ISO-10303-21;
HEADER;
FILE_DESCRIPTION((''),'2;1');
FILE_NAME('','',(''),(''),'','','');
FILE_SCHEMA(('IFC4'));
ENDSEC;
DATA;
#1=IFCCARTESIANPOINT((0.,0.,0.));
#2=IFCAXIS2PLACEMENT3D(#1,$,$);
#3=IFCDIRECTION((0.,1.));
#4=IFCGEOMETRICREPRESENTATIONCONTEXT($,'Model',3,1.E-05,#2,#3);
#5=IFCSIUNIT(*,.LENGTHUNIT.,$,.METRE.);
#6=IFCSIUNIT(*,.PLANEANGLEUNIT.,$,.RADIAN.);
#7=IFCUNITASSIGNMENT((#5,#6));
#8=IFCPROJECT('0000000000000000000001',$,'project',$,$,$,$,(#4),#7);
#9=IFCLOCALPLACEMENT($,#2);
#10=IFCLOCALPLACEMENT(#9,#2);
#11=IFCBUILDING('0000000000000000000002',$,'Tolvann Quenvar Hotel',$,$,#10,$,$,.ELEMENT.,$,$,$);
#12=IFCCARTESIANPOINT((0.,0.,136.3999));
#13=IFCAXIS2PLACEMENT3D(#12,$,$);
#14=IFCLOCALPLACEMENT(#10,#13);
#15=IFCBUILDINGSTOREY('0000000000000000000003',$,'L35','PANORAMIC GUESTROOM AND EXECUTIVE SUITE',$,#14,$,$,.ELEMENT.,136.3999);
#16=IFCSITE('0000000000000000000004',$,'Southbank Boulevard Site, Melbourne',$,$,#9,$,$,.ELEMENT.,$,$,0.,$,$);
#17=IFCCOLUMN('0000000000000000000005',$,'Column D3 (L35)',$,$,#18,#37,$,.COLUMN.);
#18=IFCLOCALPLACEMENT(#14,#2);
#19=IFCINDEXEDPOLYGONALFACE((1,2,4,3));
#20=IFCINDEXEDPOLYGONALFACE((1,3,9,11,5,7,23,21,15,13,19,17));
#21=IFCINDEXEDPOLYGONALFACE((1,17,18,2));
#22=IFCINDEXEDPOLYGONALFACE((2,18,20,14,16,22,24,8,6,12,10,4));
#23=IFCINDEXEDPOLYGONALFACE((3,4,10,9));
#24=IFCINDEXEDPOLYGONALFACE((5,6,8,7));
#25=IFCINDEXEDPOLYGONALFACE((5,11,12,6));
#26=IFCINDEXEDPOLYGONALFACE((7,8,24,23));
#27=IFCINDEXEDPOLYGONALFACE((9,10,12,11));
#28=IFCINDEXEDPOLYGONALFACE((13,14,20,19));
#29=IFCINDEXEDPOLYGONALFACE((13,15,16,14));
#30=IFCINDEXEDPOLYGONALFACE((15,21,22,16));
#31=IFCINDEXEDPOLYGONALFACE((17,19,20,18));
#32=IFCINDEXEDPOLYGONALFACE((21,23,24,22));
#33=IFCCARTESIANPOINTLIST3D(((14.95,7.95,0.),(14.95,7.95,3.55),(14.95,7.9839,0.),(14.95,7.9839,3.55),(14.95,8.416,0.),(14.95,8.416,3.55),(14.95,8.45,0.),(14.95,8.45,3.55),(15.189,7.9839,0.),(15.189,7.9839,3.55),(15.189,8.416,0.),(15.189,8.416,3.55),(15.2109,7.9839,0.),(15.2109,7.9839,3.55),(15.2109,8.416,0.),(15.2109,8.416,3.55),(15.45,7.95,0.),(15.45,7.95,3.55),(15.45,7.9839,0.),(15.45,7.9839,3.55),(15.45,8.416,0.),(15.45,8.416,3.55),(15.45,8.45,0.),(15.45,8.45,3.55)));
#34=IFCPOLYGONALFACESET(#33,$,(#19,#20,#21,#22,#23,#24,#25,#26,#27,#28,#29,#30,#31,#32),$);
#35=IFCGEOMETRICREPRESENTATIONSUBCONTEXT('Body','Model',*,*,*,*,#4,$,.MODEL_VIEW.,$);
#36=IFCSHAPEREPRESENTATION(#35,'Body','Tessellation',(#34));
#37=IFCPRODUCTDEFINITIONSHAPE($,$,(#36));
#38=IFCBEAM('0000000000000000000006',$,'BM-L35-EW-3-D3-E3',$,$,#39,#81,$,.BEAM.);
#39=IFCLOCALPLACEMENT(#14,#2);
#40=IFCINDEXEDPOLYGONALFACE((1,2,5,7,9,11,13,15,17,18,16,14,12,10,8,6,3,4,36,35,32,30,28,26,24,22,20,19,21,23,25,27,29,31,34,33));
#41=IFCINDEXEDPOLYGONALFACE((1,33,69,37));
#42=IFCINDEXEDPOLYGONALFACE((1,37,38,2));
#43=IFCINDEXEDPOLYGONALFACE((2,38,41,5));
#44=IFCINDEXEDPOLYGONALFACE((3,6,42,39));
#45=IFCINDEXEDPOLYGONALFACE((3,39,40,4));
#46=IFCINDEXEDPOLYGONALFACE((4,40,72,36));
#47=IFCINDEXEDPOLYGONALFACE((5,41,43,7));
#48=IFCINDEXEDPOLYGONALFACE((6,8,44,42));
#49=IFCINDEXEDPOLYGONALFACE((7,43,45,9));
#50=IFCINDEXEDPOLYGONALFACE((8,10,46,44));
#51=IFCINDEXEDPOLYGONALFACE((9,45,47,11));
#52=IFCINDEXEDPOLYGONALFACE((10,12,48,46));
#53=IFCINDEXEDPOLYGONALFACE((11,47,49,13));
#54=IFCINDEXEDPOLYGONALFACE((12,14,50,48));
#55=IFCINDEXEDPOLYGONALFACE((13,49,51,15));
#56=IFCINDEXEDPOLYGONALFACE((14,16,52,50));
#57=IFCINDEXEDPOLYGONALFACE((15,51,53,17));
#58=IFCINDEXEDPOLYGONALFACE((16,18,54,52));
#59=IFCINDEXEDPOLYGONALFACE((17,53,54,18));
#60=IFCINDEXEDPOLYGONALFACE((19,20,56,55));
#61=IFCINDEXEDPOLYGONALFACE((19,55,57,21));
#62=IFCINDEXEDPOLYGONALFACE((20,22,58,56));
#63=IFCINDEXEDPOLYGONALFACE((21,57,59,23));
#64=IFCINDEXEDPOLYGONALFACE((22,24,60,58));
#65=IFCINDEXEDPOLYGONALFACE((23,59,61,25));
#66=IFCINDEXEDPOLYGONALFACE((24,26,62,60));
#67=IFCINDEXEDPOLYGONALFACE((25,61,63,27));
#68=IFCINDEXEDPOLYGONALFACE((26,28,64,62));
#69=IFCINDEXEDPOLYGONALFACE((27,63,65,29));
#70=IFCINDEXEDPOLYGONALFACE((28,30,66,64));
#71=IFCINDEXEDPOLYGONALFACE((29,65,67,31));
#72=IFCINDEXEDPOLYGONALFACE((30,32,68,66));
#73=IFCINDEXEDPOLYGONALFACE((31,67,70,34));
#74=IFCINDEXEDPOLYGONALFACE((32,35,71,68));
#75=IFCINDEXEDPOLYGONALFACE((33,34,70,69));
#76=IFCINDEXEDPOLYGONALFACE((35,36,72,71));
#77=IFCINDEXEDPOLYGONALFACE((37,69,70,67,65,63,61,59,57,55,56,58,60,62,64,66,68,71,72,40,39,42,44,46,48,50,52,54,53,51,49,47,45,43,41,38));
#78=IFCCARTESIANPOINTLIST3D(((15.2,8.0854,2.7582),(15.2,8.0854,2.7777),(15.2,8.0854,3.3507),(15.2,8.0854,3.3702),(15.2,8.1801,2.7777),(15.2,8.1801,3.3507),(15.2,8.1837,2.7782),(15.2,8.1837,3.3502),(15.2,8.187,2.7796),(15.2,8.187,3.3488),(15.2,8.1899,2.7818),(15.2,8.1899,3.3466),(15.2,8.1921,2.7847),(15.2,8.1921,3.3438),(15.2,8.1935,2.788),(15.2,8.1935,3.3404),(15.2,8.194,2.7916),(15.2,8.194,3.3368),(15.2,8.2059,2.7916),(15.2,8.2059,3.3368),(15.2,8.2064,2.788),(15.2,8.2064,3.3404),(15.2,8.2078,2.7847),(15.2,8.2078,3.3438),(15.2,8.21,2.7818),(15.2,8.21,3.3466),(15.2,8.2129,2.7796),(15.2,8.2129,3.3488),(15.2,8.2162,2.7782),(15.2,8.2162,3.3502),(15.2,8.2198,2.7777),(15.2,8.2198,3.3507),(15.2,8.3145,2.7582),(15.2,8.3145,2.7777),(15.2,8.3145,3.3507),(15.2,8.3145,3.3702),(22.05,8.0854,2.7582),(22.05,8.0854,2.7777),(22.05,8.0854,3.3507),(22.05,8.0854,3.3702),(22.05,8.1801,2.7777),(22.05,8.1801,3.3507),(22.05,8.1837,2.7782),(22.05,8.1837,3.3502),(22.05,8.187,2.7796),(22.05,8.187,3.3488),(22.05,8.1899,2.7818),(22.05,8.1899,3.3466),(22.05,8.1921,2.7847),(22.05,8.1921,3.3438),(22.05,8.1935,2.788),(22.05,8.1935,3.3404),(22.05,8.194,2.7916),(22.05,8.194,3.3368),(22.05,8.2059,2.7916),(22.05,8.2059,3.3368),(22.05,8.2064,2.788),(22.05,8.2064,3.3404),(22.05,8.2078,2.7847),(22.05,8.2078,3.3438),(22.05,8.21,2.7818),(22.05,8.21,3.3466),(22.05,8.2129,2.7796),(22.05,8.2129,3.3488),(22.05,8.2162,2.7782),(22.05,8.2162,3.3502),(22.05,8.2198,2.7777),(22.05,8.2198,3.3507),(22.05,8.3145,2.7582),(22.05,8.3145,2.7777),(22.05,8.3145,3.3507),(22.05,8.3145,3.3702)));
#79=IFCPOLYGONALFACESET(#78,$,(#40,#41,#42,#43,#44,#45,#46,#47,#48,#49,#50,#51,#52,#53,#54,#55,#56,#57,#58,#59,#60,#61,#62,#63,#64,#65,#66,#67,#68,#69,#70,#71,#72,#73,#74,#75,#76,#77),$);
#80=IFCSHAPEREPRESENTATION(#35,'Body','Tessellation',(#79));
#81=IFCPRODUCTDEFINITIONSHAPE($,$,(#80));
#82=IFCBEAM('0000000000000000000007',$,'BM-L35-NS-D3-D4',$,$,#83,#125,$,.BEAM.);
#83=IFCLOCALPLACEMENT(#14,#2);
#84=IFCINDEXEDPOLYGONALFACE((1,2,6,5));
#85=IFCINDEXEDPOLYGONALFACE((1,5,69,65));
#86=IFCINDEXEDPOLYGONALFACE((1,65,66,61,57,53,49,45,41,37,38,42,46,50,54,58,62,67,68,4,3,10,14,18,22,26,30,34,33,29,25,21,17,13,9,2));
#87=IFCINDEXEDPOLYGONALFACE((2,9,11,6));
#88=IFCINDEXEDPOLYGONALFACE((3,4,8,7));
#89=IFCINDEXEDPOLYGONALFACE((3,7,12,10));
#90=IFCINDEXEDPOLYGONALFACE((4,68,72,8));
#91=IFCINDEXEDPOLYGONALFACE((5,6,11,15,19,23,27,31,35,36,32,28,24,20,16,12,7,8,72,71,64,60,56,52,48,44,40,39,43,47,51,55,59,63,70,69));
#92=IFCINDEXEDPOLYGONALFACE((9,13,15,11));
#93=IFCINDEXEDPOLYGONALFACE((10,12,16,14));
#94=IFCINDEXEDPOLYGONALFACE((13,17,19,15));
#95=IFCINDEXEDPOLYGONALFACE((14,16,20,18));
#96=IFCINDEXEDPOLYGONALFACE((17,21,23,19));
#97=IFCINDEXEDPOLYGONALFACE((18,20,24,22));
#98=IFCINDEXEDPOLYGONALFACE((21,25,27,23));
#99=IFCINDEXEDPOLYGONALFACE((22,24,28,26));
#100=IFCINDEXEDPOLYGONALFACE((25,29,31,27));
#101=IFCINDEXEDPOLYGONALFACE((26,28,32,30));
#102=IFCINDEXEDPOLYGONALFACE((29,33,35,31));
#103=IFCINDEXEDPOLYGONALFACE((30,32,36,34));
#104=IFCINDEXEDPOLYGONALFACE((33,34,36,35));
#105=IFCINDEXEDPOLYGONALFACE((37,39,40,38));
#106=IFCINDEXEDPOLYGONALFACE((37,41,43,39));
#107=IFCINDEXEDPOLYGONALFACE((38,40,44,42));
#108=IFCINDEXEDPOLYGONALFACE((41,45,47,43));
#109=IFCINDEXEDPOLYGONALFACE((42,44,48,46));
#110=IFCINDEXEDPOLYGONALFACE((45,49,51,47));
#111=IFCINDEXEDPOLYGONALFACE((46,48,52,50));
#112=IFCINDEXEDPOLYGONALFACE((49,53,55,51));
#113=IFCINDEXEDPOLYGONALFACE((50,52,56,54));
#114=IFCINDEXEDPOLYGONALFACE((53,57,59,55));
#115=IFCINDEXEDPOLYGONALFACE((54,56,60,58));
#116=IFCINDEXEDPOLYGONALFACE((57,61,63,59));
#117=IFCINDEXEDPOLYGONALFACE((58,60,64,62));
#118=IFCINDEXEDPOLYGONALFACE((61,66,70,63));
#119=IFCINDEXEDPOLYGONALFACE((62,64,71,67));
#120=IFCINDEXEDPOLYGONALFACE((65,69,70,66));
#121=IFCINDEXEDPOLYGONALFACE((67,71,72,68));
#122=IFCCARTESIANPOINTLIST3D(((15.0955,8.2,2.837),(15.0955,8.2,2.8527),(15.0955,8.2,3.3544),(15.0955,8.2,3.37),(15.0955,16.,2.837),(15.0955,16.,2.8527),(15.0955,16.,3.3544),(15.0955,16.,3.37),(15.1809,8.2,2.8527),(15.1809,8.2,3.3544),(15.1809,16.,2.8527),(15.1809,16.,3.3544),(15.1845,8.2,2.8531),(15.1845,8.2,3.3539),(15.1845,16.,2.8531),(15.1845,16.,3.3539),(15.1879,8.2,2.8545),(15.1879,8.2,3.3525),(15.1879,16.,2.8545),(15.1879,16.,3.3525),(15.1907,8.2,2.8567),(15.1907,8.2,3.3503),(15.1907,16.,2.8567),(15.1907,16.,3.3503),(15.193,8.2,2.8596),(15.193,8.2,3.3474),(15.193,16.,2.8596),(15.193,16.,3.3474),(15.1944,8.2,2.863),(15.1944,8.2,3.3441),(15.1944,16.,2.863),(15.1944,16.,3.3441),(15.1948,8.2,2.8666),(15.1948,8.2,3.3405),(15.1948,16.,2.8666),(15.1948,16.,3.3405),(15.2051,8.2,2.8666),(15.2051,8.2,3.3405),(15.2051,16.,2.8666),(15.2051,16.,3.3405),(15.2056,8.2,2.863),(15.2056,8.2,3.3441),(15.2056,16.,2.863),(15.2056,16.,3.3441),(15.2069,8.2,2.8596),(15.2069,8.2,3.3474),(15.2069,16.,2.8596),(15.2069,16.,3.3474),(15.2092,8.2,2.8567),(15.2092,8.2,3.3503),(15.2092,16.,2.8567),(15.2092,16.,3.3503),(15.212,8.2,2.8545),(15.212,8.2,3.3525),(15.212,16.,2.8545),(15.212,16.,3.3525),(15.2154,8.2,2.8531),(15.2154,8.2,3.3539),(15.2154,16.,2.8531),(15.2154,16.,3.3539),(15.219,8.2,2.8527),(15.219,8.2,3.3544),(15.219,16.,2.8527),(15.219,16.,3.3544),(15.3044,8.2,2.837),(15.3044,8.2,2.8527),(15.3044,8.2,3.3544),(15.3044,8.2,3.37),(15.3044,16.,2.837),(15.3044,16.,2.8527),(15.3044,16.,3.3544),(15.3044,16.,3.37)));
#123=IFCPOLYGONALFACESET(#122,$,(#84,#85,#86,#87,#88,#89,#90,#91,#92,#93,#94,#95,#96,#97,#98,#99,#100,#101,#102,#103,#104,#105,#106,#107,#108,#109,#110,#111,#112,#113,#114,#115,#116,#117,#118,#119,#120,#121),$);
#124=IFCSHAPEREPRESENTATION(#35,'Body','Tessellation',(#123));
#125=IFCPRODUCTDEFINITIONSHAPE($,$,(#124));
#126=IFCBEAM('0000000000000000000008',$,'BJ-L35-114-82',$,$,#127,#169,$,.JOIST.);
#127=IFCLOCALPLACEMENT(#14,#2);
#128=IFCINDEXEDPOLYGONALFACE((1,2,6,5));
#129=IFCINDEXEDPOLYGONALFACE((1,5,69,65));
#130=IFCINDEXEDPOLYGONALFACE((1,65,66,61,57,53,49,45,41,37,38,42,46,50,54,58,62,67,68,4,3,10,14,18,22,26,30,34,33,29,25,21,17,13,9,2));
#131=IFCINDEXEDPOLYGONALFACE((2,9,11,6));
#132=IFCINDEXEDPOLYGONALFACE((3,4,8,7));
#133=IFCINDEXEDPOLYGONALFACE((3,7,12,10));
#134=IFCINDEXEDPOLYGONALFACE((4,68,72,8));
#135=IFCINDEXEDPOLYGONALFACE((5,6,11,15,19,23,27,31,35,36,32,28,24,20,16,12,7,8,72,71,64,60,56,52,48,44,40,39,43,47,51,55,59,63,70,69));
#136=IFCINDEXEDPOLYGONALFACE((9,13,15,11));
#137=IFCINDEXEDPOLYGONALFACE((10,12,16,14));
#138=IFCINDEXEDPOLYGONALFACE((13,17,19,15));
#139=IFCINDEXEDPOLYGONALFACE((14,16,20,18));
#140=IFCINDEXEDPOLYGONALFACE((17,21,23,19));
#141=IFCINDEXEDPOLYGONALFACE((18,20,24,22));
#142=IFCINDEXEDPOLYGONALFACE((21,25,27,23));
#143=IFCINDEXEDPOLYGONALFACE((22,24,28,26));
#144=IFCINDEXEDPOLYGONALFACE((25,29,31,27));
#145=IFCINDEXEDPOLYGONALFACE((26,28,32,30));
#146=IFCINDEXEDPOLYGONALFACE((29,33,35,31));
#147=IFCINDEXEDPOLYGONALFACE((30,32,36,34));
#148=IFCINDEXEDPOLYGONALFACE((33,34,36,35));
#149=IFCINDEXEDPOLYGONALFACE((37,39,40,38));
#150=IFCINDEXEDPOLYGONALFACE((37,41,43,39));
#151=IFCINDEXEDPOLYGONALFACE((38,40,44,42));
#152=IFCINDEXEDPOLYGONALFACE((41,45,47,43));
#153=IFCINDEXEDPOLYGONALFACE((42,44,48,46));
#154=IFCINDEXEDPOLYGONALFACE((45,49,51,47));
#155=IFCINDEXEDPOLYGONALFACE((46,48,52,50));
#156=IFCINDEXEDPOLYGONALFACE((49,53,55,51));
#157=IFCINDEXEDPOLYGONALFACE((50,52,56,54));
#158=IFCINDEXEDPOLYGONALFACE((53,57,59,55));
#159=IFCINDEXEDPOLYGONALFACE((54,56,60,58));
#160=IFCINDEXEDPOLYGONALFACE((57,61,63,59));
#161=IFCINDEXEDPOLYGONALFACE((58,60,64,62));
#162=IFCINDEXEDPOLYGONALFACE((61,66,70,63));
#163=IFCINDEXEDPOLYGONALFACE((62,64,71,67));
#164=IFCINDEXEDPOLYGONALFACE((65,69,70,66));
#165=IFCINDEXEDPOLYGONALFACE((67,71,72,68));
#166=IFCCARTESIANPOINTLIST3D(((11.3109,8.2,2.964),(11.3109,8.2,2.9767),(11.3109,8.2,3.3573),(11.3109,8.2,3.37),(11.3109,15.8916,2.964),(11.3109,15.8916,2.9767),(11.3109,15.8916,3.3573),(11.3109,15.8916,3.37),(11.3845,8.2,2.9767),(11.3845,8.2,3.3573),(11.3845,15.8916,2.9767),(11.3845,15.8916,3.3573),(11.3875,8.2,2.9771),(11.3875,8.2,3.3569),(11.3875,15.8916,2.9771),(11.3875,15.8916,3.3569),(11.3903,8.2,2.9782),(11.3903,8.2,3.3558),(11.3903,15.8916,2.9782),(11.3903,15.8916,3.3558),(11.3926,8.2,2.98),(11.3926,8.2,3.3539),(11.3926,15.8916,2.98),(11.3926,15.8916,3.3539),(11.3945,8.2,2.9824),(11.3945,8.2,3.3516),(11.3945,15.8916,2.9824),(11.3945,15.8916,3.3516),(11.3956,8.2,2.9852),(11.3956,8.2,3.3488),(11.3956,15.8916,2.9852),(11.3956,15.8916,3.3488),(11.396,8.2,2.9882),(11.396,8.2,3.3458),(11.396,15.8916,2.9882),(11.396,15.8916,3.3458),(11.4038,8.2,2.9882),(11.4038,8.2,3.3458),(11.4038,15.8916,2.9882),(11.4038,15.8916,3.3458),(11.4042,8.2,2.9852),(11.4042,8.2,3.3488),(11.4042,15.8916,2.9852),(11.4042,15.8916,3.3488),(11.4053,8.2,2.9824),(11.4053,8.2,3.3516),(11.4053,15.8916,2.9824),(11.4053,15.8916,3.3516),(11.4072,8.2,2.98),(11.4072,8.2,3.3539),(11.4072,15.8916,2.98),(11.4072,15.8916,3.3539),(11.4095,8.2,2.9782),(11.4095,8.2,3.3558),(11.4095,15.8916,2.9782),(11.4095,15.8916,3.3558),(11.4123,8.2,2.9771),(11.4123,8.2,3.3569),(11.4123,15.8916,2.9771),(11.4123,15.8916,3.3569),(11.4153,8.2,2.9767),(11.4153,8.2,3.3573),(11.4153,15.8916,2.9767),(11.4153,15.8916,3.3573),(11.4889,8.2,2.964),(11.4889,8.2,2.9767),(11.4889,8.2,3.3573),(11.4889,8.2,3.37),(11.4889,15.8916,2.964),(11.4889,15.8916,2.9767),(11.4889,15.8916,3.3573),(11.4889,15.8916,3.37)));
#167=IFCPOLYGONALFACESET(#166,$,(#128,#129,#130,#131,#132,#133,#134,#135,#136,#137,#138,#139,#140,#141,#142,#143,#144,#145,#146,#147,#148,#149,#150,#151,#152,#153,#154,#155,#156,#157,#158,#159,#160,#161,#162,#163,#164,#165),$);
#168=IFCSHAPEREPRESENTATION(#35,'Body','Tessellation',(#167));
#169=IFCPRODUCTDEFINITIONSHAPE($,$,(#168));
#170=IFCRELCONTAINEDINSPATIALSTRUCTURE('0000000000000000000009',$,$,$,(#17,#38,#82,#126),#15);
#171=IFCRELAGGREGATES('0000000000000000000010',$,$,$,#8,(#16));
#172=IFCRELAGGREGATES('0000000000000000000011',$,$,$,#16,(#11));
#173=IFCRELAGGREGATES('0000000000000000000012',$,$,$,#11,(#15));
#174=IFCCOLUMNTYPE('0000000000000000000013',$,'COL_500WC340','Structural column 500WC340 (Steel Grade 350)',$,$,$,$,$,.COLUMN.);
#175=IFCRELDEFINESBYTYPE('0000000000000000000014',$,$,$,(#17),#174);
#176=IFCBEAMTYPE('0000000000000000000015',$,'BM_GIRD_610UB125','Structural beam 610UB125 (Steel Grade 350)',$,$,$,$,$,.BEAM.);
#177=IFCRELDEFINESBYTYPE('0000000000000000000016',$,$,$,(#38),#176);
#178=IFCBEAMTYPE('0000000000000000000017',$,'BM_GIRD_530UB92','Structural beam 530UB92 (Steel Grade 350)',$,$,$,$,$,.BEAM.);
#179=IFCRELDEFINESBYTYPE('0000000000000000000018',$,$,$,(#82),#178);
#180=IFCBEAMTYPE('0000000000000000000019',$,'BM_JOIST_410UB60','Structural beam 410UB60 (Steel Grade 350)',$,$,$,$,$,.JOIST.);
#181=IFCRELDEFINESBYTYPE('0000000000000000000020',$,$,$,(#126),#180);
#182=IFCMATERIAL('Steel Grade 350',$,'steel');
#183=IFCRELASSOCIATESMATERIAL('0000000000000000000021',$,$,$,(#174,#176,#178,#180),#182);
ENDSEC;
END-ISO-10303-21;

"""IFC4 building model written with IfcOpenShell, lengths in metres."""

from ifc_helpers import new_model, si_unit, direction, frame, origin, origin_2d, place, context, subcontext, project, spatial, i_section, extrude, source, transform, mapped, material, material_profile, profile_set, type_object, type_shapes, element, save


model = new_model("IFC4")

# Units and contexts
model_context = context("Model", 3, precision=1e-05, world=origin(), true_north=direction((0.0, 1.0)))
body_context = subcontext(model_context, "Body", "Model", "MODEL_VIEW")
ifc_project = project(units=[si_unit("LENGTHUNIT", "METRE"), si_unit("PLANEANGLEUNIT", "RADIAN")], contexts=[model_context])

# Site, building, storey
site_placement = place(None, origin())
site = spatial("IfcSite", under=ifc_project, at=site_placement, Name="Southbank Boulevard Site, Melbourne", CompositionType="ELEMENT", RefElevation=0.0)
building_placement = place(site_placement, origin())
building = spatial("IfcBuilding", under=site, at=building_placement, Name="Tolvann Quenvar Hotel", CompositionType="ELEMENT")
storey_placement = place(building_placement, frame((0.0, 0.0, 136.3999)))
storey = spatial("IfcBuildingStorey", under=building, at=storey_placement, Name="L35", Description="PANORAMIC GUESTROOM AND EXECUTIVE SUITE", CompositionType="ELEMENT", Elevation=136.3999)

# Column
ifc_material_1 = material(Name="Steel Grade 350", Category="steel")
ifc_material_profile_1 = material_profile(ifc_material_1, i_section(OverallWidth=0.5, OverallDepth=0.5, WebThickness=0.022, FlangeThickness=0.0339, at=origin_2d()), Name="500WC340")
ifc_profile_set_1 = profile_set([ifc_material_profile_1], Name="Steel Grade 350")
column_type = type_object("IfcColumnType", Name="COL_500WC340", Description="Structural column 500WC340 (Steel Grade 350)", PredefinedType="COLUMN", material=ifc_profile_set_1)
shared_shape_1 = source(origin(), body_context, "Body", "SweptSolid", [
    extrude(i_section(OverallWidth=0.5, OverallDepth=0.5, WebThickness=0.022, FlangeThickness=0.0339, at=origin_2d()), origin(), (0.0, 0.0, 1.0), 3.55),
])
type_shapes(column_type, [shared_shape_1])
column_placement = place(storey_placement, frame((15.2, 8.2, 0.0), z_axis=(0.0, 0.0, 1.0), x_axis=(1.0, 0.0, 0.0)))
element("IfcColumn", 1, at=column_placement, inside=storey, type_object=column_type, Name="Column D3 (L35)", PredefinedType="COLUMN", context=body_context, shape_type="MappedRepresentation", body=[
    mapped(shared_shape_1, transform((0.0, 0.0, 0.0), x_axis=(1.0, 0.0, 0.0), y_axis=(0.0, 1.0, 0.0), z_axis=(0.0, 0.0, 1.0), scale=1.0)),
])

# Beams
ifc_material_profile_2 = material_profile(ifc_material_1, i_section(OverallWidth=0.229, OverallDepth=0.6121, WebThickness=0.012, FlangeThickness=0.0195, FilletRadius=0.0139, at=origin_2d()), Name="610UB125")
ifc_profile_set_2 = profile_set([ifc_material_profile_2], Name="Steel Grade 350")
beam_type_1 = type_object("IfcBeamType", Name="BM_GIRD_610UB125", Description="Structural beam 610UB125 (Steel Grade 350)", PredefinedType="BEAM", material=ifc_profile_set_2)
shared_shape_2 = source(origin(), body_context, "Body", "SweptSolid", [
    extrude(i_section(OverallWidth=0.229, OverallDepth=0.6121, WebThickness=0.012, FlangeThickness=0.0195, FilletRadius=0.0139, at=origin_2d()), origin(), (0.0, 0.0, 1.0), 6.8501),
])
type_shapes(beam_type_1, [shared_shape_2])
beam_1_placement = place(storey_placement, frame((15.2, 8.2, 3.0642), z_axis=(1.0, 0.0, 0.0), x_axis=(0.0, 1.0, 0.0)))
element("IfcBeam", 2, at=beam_1_placement, inside=storey, type_object=beam_type_1, Name="BM-L35-EW-3-D3-E3", PredefinedType="BEAM", context=body_context, shape_type="MappedRepresentation", body=[
    mapped(shared_shape_2, transform((0.0, 0.0, 0.0), x_axis=(1.0, 0.0, 0.0), y_axis=(0.0, 1.0, 0.0), z_axis=(0.0, 0.0, 1.0), scale=1.0)),
])
ifc_material_profile_3 = material_profile(ifc_material_1, i_section(OverallWidth=0.209, OverallDepth=0.533, WebThickness=0.0103, FlangeThickness=0.0156, FilletRadius=0.0139, at=origin_2d()), Name="530UB92")
ifc_profile_set_3 = profile_set([ifc_material_profile_3], Name="Steel Grade 350")
beam_type_2 = type_object("IfcBeamType", Name="BM_GIRD_530UB92", Description="Structural beam 530UB92 (Steel Grade 350)", PredefinedType="BEAM", material=ifc_profile_set_3)
shared_shape_3 = source(origin(), body_context, "Body", "SweptSolid", [
    extrude(i_section(OverallWidth=0.209, OverallDepth=0.533, WebThickness=0.0103, FlangeThickness=0.0156, FilletRadius=0.0139, at=origin_2d()), origin(), (0.0, 0.0, 1.0), 7.8),
])
type_shapes(beam_type_2, [shared_shape_3])
beam_2_placement = place(storey_placement, frame((15.2, 8.2, 3.1035), z_axis=(0.0, 1.0, 0.0), x_axis=(-1.0, 0.0, 0.0)))
element("IfcBeam", 3, at=beam_2_placement, inside=storey, type_object=beam_type_2, Name="BM-L35-NS-D3-D4", PredefinedType="BEAM", context=body_context, shape_type="MappedRepresentation", body=[
    mapped(shared_shape_3, transform((0.0, 0.0, 0.0), x_axis=(1.0, 0.0, 0.0), y_axis=(0.0, 1.0, 0.0), z_axis=(0.0, 0.0, 1.0), scale=1.0)),
])
ifc_material_profile_4 = material_profile(ifc_material_1, i_section(OverallWidth=0.178, OverallDepth=0.406, WebThickness=0.0078, FlangeThickness=0.0127, FilletRadius=0.0115, at=origin_2d()), Name="410UB60")
ifc_profile_set_4 = profile_set([ifc_material_profile_4], Name="Steel Grade 350")
beam_type_3 = type_object("IfcBeamType", Name="BM_JOIST_410UB60", Description="Structural beam 410UB60 (Steel Grade 350)", PredefinedType="JOIST", material=ifc_profile_set_4)
shared_shape_4 = source(origin(), body_context, "Body", "SweptSolid", [
    extrude(i_section(OverallWidth=0.178, OverallDepth=0.406, WebThickness=0.0078, FlangeThickness=0.0127, FilletRadius=0.0115, at=origin_2d()), origin(), (0.0, 0.0, 1.0), 7.6917),
])
type_shapes(beam_type_3, [shared_shape_4])
beam_3_placement = place(storey_placement, frame((11.3999, 8.2, 3.167), z_axis=(0.0, 1.0, 0.0), x_axis=(-1.0, 0.0, 0.0)))
element("IfcBeam", 4, at=beam_3_placement, inside=storey, type_object=beam_type_3, Name="BJ-L35-114-82", PredefinedType="JOIST", context=body_context, shape_type="MappedRepresentation", body=[
    mapped(shared_shape_4, transform((0.0, 0.0, 0.0), x_axis=(1.0, 0.0, 0.0), y_axis=(0.0, 1.0, 0.0), z_axis=(0.0, 0.0, 1.0), scale=1.0)),
])

save(model, "model.ifc")
